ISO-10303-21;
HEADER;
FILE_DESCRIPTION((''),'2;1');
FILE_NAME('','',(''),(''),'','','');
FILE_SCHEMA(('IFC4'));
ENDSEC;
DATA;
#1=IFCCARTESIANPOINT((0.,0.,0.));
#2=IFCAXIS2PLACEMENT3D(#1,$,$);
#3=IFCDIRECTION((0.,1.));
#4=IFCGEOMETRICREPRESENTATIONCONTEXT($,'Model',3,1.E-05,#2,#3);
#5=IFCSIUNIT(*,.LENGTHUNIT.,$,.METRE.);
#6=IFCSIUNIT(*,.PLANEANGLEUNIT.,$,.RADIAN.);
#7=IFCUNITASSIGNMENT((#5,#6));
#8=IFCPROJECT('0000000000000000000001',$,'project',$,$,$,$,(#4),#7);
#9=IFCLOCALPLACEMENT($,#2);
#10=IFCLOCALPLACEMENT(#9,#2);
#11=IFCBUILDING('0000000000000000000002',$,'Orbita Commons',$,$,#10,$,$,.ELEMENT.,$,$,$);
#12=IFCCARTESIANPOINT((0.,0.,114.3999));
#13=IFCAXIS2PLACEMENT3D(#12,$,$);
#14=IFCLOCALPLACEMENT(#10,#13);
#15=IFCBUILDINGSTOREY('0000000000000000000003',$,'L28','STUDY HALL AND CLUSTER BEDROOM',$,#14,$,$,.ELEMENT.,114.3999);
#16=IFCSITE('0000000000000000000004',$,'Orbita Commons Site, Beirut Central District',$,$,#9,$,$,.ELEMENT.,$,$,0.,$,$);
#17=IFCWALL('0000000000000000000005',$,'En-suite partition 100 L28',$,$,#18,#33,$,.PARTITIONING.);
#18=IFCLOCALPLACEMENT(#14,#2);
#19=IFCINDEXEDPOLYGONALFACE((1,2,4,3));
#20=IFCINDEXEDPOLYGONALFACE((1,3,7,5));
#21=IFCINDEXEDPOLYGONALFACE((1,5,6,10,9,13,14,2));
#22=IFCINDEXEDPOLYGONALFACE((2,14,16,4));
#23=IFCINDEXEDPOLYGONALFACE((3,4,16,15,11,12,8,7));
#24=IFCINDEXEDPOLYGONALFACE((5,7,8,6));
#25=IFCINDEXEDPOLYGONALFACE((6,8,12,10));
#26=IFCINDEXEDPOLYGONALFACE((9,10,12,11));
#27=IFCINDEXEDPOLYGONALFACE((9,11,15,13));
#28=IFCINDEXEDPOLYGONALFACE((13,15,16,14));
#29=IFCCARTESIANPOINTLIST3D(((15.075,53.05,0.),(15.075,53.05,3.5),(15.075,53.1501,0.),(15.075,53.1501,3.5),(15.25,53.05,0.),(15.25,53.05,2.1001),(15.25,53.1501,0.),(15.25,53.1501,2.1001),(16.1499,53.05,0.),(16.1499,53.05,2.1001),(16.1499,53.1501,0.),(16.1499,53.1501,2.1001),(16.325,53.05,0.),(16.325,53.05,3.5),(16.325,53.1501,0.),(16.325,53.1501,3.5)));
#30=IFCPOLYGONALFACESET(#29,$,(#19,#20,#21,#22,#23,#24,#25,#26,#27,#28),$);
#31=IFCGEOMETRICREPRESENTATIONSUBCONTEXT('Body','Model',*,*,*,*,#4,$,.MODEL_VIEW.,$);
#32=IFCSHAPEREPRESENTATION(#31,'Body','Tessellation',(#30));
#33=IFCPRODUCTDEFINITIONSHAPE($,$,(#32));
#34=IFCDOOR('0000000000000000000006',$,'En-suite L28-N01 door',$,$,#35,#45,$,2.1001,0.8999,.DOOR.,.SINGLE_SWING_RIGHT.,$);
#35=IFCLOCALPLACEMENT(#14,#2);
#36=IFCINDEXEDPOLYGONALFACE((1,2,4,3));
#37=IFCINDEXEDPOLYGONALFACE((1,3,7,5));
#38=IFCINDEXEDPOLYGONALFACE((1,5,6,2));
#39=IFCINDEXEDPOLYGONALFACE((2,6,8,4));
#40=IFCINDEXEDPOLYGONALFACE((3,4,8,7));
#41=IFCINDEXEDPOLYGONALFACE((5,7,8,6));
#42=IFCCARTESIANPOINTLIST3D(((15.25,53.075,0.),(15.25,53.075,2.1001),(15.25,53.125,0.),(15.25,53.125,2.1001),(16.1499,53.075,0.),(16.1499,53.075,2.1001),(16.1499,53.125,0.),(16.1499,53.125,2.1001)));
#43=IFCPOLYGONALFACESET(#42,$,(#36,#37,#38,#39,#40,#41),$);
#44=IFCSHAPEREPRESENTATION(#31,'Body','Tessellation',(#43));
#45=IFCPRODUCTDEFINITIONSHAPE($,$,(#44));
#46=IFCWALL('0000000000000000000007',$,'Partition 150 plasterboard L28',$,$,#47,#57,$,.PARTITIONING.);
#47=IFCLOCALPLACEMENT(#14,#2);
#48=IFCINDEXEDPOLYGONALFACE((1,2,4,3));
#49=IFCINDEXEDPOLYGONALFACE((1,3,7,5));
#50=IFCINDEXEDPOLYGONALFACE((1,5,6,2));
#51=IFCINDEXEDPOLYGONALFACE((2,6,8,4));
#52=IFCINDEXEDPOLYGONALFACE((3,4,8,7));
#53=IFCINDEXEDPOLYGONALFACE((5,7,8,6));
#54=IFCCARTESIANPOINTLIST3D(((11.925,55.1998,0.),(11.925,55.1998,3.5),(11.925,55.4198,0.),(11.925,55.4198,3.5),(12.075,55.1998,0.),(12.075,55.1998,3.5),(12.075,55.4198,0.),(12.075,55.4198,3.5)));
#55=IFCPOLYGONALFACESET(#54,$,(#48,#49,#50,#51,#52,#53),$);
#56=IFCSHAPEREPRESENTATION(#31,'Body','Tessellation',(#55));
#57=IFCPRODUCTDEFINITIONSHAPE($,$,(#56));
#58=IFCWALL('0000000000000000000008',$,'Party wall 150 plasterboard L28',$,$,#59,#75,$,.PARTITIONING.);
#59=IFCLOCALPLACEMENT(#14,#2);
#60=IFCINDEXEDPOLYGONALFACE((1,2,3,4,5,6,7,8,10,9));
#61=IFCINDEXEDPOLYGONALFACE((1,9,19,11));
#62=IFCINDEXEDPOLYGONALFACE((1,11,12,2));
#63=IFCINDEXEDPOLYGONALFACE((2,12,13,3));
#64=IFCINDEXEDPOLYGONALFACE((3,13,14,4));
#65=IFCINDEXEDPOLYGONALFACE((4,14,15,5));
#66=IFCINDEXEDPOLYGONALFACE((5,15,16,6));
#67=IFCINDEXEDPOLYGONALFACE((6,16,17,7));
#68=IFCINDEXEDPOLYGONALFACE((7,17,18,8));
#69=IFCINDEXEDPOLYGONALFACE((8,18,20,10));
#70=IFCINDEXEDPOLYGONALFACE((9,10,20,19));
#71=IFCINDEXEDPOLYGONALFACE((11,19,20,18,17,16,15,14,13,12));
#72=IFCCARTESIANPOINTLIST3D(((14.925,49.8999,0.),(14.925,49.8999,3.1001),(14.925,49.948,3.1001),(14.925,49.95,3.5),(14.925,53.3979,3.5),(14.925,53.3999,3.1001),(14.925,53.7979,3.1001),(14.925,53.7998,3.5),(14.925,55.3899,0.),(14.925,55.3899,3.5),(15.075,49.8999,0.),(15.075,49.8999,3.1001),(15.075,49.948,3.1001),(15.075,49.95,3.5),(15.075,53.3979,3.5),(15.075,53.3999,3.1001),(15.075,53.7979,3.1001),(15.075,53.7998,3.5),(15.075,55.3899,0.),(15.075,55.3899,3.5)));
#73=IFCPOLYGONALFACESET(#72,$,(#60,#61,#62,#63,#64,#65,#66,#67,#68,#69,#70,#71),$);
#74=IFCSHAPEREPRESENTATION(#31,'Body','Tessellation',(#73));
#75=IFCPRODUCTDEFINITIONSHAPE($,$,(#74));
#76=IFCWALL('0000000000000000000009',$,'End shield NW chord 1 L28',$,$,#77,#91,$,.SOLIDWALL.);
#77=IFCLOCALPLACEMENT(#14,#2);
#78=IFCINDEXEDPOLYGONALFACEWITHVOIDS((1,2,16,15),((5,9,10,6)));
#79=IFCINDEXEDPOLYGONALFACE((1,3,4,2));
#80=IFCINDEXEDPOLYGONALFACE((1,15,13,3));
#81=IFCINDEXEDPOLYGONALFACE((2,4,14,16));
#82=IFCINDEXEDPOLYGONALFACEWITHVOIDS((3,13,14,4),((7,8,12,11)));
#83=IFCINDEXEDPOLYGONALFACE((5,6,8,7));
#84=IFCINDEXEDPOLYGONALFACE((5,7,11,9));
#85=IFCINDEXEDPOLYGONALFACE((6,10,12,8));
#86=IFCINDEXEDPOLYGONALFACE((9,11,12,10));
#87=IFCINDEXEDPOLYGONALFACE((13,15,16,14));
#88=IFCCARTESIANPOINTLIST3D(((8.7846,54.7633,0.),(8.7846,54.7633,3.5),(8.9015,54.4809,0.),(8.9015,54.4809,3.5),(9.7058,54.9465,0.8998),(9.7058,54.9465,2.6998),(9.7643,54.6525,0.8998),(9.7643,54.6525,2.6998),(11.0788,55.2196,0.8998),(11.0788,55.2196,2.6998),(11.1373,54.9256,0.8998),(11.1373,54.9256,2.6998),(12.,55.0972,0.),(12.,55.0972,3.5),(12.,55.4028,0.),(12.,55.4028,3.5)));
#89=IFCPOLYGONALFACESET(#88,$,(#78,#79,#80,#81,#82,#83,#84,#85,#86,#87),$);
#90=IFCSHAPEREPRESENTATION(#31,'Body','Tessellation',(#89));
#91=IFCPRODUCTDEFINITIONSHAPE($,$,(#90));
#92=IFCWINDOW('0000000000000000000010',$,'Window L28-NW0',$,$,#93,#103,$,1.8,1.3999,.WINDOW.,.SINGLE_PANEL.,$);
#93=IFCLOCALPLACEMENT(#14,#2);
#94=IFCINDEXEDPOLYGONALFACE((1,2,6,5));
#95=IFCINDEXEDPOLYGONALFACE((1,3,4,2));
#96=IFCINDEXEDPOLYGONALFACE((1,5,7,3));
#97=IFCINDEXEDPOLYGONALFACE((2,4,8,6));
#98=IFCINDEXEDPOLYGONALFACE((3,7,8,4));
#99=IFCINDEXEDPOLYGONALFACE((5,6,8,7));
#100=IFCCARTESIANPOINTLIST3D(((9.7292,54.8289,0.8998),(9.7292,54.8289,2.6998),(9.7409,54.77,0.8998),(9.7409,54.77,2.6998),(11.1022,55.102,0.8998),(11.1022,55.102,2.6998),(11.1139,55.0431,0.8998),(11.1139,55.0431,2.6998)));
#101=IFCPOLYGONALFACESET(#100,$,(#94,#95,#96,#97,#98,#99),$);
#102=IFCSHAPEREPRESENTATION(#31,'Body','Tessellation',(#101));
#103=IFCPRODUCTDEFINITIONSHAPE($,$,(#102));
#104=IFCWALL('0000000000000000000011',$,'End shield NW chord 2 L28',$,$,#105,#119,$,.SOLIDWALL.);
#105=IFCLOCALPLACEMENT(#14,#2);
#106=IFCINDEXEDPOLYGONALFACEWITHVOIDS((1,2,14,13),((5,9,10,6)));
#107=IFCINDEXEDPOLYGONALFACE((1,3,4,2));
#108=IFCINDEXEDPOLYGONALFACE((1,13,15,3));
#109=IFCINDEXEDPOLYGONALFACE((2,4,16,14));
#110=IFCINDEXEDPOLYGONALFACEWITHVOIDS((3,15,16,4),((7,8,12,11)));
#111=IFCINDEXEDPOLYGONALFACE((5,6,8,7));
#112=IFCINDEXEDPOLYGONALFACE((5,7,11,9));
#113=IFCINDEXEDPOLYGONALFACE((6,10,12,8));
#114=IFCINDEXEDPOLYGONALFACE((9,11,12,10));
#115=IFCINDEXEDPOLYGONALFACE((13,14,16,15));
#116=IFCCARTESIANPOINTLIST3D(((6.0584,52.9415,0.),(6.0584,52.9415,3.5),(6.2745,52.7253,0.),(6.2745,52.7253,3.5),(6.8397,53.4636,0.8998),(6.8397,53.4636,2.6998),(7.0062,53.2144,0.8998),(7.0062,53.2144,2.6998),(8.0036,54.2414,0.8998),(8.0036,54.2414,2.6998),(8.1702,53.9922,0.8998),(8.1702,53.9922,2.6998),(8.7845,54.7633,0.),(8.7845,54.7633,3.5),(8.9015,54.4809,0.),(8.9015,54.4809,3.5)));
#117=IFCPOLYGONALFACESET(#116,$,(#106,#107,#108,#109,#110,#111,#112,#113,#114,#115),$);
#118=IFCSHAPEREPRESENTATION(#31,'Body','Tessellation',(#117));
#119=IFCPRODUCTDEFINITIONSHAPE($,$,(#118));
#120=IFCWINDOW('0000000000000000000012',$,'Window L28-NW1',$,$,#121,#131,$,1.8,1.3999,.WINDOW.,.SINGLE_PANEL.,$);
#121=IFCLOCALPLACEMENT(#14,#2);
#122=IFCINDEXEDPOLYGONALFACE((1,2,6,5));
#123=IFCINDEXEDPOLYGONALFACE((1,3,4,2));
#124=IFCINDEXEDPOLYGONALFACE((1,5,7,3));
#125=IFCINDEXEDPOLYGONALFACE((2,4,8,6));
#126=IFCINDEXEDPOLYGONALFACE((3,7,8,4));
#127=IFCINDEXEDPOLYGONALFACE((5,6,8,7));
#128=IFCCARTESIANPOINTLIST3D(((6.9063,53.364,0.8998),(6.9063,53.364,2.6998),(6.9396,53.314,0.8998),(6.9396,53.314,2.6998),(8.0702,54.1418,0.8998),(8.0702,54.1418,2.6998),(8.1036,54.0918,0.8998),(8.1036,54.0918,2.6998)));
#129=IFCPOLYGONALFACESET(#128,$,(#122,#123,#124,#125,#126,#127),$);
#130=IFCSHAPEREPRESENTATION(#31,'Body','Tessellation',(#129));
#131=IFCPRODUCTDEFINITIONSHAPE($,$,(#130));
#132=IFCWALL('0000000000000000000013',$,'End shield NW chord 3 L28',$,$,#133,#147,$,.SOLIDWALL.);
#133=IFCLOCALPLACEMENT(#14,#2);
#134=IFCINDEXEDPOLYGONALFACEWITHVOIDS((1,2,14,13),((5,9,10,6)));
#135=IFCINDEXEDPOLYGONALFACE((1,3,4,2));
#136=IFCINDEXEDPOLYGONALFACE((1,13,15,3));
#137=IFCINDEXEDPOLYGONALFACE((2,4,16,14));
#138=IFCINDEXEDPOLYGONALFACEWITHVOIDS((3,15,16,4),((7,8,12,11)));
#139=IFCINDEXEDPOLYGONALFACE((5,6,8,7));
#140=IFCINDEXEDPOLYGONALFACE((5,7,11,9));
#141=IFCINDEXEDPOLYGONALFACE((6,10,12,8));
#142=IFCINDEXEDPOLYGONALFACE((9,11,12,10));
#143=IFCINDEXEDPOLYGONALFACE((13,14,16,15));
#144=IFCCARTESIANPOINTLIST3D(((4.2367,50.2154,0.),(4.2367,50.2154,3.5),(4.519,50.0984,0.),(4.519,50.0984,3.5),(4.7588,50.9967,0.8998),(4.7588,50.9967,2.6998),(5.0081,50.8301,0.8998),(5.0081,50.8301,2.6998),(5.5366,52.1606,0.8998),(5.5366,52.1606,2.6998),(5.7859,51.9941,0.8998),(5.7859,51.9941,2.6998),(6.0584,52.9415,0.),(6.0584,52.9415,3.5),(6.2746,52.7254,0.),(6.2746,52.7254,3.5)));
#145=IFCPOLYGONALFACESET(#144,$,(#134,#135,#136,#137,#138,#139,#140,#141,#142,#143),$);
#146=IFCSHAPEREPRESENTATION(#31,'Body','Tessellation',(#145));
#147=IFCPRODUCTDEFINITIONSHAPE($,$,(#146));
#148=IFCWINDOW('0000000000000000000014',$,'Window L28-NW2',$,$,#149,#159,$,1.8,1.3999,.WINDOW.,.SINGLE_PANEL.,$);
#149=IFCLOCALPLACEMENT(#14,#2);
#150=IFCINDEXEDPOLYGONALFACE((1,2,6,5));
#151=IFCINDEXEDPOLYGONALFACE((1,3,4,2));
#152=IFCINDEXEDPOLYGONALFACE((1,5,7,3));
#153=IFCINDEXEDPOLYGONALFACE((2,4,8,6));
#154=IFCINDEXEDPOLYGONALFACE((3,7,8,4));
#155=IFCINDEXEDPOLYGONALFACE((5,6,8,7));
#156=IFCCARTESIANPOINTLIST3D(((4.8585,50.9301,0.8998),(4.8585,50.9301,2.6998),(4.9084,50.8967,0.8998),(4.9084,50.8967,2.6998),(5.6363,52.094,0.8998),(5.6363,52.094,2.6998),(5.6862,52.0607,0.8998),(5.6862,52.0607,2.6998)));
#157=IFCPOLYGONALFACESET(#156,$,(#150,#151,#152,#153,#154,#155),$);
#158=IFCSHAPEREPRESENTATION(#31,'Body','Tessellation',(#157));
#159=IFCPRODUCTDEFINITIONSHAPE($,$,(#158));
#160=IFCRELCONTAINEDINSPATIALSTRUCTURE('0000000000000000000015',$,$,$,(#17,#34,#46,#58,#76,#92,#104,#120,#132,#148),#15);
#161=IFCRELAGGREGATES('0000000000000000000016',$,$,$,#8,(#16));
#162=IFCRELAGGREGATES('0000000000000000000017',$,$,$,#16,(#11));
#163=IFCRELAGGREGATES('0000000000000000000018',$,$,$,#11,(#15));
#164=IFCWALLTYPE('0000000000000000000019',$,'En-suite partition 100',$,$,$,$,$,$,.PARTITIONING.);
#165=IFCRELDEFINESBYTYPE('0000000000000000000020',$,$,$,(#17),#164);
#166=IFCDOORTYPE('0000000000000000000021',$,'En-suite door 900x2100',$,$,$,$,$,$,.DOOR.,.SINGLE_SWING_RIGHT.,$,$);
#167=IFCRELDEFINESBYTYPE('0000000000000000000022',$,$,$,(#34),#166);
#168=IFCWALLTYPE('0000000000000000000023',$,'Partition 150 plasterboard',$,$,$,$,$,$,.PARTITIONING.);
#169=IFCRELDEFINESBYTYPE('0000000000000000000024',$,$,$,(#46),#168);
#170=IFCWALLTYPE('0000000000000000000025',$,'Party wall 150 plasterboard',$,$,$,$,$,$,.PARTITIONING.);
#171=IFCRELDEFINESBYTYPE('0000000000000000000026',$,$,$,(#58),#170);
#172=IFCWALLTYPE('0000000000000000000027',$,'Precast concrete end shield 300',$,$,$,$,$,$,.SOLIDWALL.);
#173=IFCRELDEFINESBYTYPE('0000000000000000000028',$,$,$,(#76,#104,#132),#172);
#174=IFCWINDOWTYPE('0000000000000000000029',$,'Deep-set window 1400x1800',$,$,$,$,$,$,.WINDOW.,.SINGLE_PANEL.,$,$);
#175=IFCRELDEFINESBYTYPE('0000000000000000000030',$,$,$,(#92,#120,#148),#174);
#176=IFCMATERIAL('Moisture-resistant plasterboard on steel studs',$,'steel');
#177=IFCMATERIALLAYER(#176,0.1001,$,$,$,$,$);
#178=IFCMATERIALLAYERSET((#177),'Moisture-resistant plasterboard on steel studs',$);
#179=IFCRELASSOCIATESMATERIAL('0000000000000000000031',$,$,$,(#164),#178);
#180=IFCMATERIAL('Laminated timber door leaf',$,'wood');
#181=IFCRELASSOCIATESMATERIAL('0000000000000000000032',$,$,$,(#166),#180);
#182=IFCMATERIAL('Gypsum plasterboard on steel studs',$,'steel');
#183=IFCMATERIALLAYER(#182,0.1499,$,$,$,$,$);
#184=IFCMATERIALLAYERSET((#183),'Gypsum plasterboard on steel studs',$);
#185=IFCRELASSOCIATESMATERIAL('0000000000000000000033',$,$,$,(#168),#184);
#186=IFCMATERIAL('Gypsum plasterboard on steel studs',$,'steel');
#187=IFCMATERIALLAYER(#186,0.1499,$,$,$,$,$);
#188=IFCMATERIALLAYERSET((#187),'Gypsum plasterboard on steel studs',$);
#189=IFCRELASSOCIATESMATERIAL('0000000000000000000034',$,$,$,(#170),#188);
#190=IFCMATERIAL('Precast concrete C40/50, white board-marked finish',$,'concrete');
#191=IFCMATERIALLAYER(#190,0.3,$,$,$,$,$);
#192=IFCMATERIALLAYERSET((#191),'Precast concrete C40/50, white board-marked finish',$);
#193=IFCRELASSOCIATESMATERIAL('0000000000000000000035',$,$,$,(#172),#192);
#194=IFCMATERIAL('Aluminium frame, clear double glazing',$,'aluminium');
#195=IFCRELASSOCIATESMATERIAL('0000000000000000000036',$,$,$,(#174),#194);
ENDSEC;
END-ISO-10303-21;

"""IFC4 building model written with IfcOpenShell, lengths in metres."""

from ifc_helpers import new_model, si_unit, direction, frame, frame_2d, origin, place, context, subcontext, project, spatial, polyline, rectangle, outline, extrude, material, layer, layer_set, type_object, element, fill, save


model = new_model("IFC4")

# Units and contexts
model_context = context("Model", 3, precision=1e-05, world=origin(), true_north=direction((0.0, 1.0)))
body_context = subcontext(model_context, "Body", "Model", "MODEL_VIEW")
ifc_project = project(units=[si_unit("LENGTHUNIT", "METRE"), si_unit("PLANEANGLEUNIT", "RADIAN")], contexts=[model_context])

# Site, building, storey
site_placement = place(None, origin())
site = spatial("IfcSite", under=ifc_project, at=site_placement, Name="Orbita Commons Site, Beirut Central District", CompositionType="ELEMENT", RefElevation=0.0)
building_placement = place(site_placement, origin())
building = spatial("IfcBuilding", under=site, at=building_placement, Name="Orbita Commons", CompositionType="ELEMENT")
storey_placement = place(building_placement, frame((0.0, 0.0, 114.3999)))
storey = spatial("IfcBuildingStorey", under=building, at=storey_placement, Name="L28", Description="STUDY HALL AND CLUSTER BEDROOM", CompositionType="ELEMENT", Elevation=114.3999)

# Shared definitions
ifc_material_1 = material(Name="Moisture-resistant plasterboard on steel studs", Category="steel")
ifc_layer_1 = layer(ifc_material_1, 0.1001)
ifc_layer_set_1 = layer_set([ifc_layer_1], Name="Moisture-resistant plasterboard on steel studs")
wall_type_1 = type_object("IfcWallType", Name="En-suite partition 100", PredefinedType="PARTITIONING", material=ifc_layer_set_1)
ifc_material_2 = material(Name="Laminated timber door leaf", Category="wood")
door_type = type_object("IfcDoorType", Name="En-suite door 900x2100", OperationType="SINGLE_SWING_RIGHT", PredefinedType="DOOR", material=ifc_material_2)

# Wall, opening, door
wall_1_placement = place(storey_placement, frame((15.075, 53.1001, 0.0), z_axis=(0.0, 0.0, 1.0), x_axis=(1.0, 0.0, 0.0)))
wall_1 = element("IfcWall", 1, at=wall_1_placement, inside=storey, type_object=wall_type_1, Name="En-suite partition 100 L28", PredefinedType="PARTITIONING", context=body_context, shape_type="SweptSolid", body=[
    extrude(rectangle(XDim=1.25, YDim=0.1001, at=frame_2d((0.625, 0.0))), origin(), (0.0, 0.0, 1.0), 3.5),
])
opening_1_placement = place(wall_1_placement, frame((0.175, 0.0, 0.0)))
opening_1 = element("IfcOpeningElement", 2, at=opening_1_placement, cuts=wall_1, PredefinedType="OPENING", context=body_context, shape_type="SweptSolid", body=[
    extrude(rectangle(XDim=0.8999, YDim=2.1001, at=frame_2d((0.45, 1.05))), frame((0.0, 0.0601, 0.0), z_axis=(0.0, -1.0, 0.0), x_axis=(1.0, 0.0, 0.0)), (0.0, 0.0, 1.0), 0.1201),
])
door_1_placement = place(opening_1_placement, origin())
door_1 = element("IfcDoor", 3, at=door_1_placement, inside=storey, type_object=door_type, Name="En-suite L28-N01 door", OperationType="SINGLE_SWING_RIGHT", OverallHeight=2.1001, OverallWidth=0.8999, PredefinedType="DOOR", context=body_context, shape_type="SweptSolid", body=[
    extrude(rectangle(XDim=0.8999, YDim=2.1001, at=frame_2d((0.45, 1.05))), frame((0.0, 0.0249, 0.0), z_axis=(0.0, -1.0, 0.0), x_axis=(1.0, 0.0, 0.0)), (0.0, 0.0, 1.0), 0.05),
])
fill(opening_1, door_1)

# Walls
ifc_material_3 = material(Name="Gypsum plasterboard on steel studs", Category="steel")
ifc_layer_2 = layer(ifc_material_3, 0.1499)
ifc_layer_set_2 = layer_set([ifc_layer_2], Name="Gypsum plasterboard on steel studs")
wall_type_2 = type_object("IfcWallType", Name="Partition 150 plasterboard", PredefinedType="PARTITIONING", material=ifc_layer_set_2)
wall_2_placement = place(storey_placement, frame((12.0, 55.2, 0.0), z_axis=(0.0, 0.0, 1.0), x_axis=(0.0, 1.0, 0.0)))
element("IfcWall", 4, at=wall_2_placement, inside=storey, type_object=wall_type_2, Name="Partition 150 plasterboard L28", PredefinedType="PARTITIONING", context=body_context, shape_type="SweptSolid", body=[
    extrude(rectangle(XDim=0.22, YDim=0.1499, at=frame_2d((0.1099, 0.0))), origin(), (0.0, 0.0, 1.0), 3.5),
])
ifc_material_4 = material(Name="Gypsum plasterboard on steel studs", Category="steel")
ifc_layer_3 = layer(ifc_material_4, 0.1499)
ifc_layer_set_3 = layer_set([ifc_layer_3], Name="Gypsum plasterboard on steel studs")
wall_type_3 = type_object("IfcWallType", Name="Party wall 150 plasterboard", PredefinedType="PARTITIONING", material=ifc_layer_set_3)
wall_3_placement = place(storey_placement, frame((15.0, 55.3899, 0.0), z_axis=(0.0, 0.0, 1.0), x_axis=(0.0, -1.0, 0.0)))
element("IfcWall", 5, at=wall_3_placement, inside=storey, type_object=wall_type_3, Name="Party wall 150 plasterboard L28", PredefinedType="PARTITIONING", context=body_context, shape_type="SweptSolid", body=[
    extrude(outline(polyline([(0.0, 0.0), (5.49, 0.0), (5.49, 3.1001), (5.4419, 3.1001), (5.4399, 3.5), (1.9919, 3.5), (1.99, 3.1001), (1.592, 3.1001), (1.5901, 3.5), (0.0, 3.5), (0.0, 0.0)])), frame((0.0, 0.075, 0.0), z_axis=(0.0, -1.0, 0.0), x_axis=(1.0, 0.0, 0.0)), (0.0, 0.0, 1.0), 0.1499),
])

# Walls, openings, windows
ifc_material_5 = material(Name="Precast concrete C40/50, white board-marked finish", Category="concrete")
ifc_layer_4 = layer(ifc_material_5, 0.3)
ifc_layer_set_4 = layer_set([ifc_layer_4], Name="Precast concrete C40/50, white board-marked finish")
wall_type_4 = type_object("IfcWallType", Name="Precast concrete end shield 300", PredefinedType="SOLIDWALL", material=ifc_layer_set_4)
wall_4_placement = place(storey_placement, frame((12.0, 55.25, 0.0), z_axis=(0.0, 0.0, 1.0), x_axis=(-0.980787, -0.19508, 0.0)))
wall_4 = element("IfcWall", 6, at=wall_4_placement, inside=storey, type_object=wall_type_4, Name="End shield NW chord 1 L28", PredefinedType="SOLIDWALL", context=body_context, shape_type="SweptSolid", body=[
    extrude(outline(polyline([(-0.0298, -0.1499), (3.2485, -0.1499), (3.189, 0.1499), (0.0298, 0.1499), (-0.0298, -0.1499)])), origin(), (0.0, 0.0, 1.0), 3.5),
])
opening_2_placement = place(wall_4_placement, frame((0.9094, 0.0, 0.8999)))
opening_2 = element("IfcOpeningElement", 7, at=opening_2_placement, cuts=wall_4, PredefinedType="OPENING", context=body_context, shape_type="SweptSolid", body=[
    extrude(rectangle(XDim=1.3999, YDim=1.8, at=frame_2d((0.7, 0.8999))), frame((0.0, 0.1599, 0.0), z_axis=(0.0, -1.0, 0.0), x_axis=(1.0, 0.0, 0.0)), (0.0, 0.0, 1.0), 0.3201),
])
ifc_material_6 = material(Name="Aluminium frame, clear double glazing", Category="aluminium")
window_type = type_object("IfcWindowType", Name="Deep-set window 1400x1800", PartitioningType="SINGLE_PANEL", PredefinedType="WINDOW", material=ifc_material_6)
window_1_placement = place(opening_2_placement, origin())
window_1 = element("IfcWindow", 8, at=window_1_placement, inside=storey, type_object=window_type, Name="Window L28-NW0", OverallHeight=1.8, OverallWidth=1.3999, PartitioningType="SINGLE_PANEL", PredefinedType="WINDOW", context=body_context, shape_type="SweptSolid", body=[
    extrude(rectangle(XDim=1.3999, YDim=1.8, at=frame_2d((0.7, 0.8999))), frame((0.0, 0.03, 0.0), z_axis=(0.0, -1.0, 0.0), x_axis=(1.0, 0.0, 0.0)), (0.0, 0.0, 1.0), 0.0601),
])
fill(opening_2, window_1)
wall_5_placement = place(storey_placement, frame((8.843, 54.6221, 0.0), z_axis=(0.0, 0.0, 1.0), x_axis=(-0.831443, -0.55561, 0.0)))
wall_5 = element("IfcWall", 9, at=wall_5_placement, inside=storey, type_object=wall_type_4, Name="End shield NW chord 2 L28", PredefinedType="SOLIDWALL", context=body_context, shape_type="SweptSolid", body=[
    extrude(outline(polyline([(-0.0298, -0.1499), (3.249, -0.1499), (3.1895, 0.1499), (0.0298, 0.1499), (-0.0298, -0.1499)])), origin(), (0.0, 0.0, 1.0), 3.5),
])
opening_3_placement = place(wall_5_placement, frame((0.9094, 0.0, 0.8999)))
opening_3 = element("IfcOpeningElement", 10, at=opening_3_placement, cuts=wall_5, PredefinedType="OPENING", context=body_context, shape_type="SweptSolid", body=[
    extrude(rectangle(XDim=1.3999, YDim=1.8, at=frame_2d((0.7, 0.8999))), frame((0.0, 0.1599, 0.0), z_axis=(0.0, -1.0, 0.0), x_axis=(1.0, 0.0, 0.0)), (0.0, 0.0, 1.0), 0.3201),
])
window_2_placement = place(opening_3_placement, origin())
window_2 = element("IfcWindow", 11, at=window_2_placement, inside=storey, type_object=window_type, Name="Window L28-NW1", OverallHeight=1.8, OverallWidth=1.3999, PartitioningType="SINGLE_PANEL", PredefinedType="WINDOW", context=body_context, shape_type="SweptSolid", body=[
    extrude(rectangle(XDim=1.3999, YDim=1.8, at=frame_2d((0.7, 0.8999))), frame((0.0, 0.03, 0.0), z_axis=(0.0, -1.0, 0.0), x_axis=(1.0, 0.0, 0.0)), (0.0, 0.0, 1.0), 0.0601),
])
fill(opening_3, window_2)
wall_6_placement = place(storey_placement, frame((6.1665, 52.8335, 0.0), z_axis=(0.0, 0.0, 1.0), x_axis=(-0.55561, -0.831443, 0.0)))
wall_6 = element("IfcWall", 12, at=wall_6_placement, inside=storey, type_object=wall_type_4, Name="End shield NW chord 3 L28", PredefinedType="SOLIDWALL", context=body_context, shape_type="SweptSolid", body=[
    extrude(outline(polyline([(-0.0298, -0.1499), (3.249, -0.1499), (3.1895, 0.1499), (0.0298, 0.1499), (-0.0298, -0.1499)])), origin(), (0.0, 0.0, 1.0), 3.5),
])
opening_4_placement = place(wall_6_placement, frame((0.9094, 0.0, 0.8999)))
opening_4 = element("IfcOpeningElement", 13, at=opening_4_placement, cuts=wall_6, PredefinedType="OPENING", context=body_context, shape_type="SweptSolid", body=[
    extrude(rectangle(XDim=1.3999, YDim=1.8, at=frame_2d((0.7, 0.8999))), frame((0.0, 0.1599, 0.0), z_axis=(0.0, -1.0, 0.0), x_axis=(1.0, 0.0, 0.0)), (0.0, 0.0, 1.0), 0.3201),
])
window_3_placement = place(opening_4_placement, origin())
window_3 = element("IfcWindow", 14, at=window_3_placement, inside=storey, type_object=window_type, Name="Window L28-NW2", OverallHeight=1.8, OverallWidth=1.3999, PartitioningType="SINGLE_PANEL", PredefinedType="WINDOW", context=body_context, shape_type="SweptSolid", body=[
    extrude(rectangle(XDim=1.3999, YDim=1.8, at=frame_2d((0.7, 0.8999))), frame((0.0, 0.03, 0.0), z_axis=(0.0, -1.0, 0.0), x_axis=(1.0, 0.0, 0.0)), (0.0, 0.0, 1.0), 0.0601),
])
fill(opening_4, window_3)

save(model, "model.ifc")
